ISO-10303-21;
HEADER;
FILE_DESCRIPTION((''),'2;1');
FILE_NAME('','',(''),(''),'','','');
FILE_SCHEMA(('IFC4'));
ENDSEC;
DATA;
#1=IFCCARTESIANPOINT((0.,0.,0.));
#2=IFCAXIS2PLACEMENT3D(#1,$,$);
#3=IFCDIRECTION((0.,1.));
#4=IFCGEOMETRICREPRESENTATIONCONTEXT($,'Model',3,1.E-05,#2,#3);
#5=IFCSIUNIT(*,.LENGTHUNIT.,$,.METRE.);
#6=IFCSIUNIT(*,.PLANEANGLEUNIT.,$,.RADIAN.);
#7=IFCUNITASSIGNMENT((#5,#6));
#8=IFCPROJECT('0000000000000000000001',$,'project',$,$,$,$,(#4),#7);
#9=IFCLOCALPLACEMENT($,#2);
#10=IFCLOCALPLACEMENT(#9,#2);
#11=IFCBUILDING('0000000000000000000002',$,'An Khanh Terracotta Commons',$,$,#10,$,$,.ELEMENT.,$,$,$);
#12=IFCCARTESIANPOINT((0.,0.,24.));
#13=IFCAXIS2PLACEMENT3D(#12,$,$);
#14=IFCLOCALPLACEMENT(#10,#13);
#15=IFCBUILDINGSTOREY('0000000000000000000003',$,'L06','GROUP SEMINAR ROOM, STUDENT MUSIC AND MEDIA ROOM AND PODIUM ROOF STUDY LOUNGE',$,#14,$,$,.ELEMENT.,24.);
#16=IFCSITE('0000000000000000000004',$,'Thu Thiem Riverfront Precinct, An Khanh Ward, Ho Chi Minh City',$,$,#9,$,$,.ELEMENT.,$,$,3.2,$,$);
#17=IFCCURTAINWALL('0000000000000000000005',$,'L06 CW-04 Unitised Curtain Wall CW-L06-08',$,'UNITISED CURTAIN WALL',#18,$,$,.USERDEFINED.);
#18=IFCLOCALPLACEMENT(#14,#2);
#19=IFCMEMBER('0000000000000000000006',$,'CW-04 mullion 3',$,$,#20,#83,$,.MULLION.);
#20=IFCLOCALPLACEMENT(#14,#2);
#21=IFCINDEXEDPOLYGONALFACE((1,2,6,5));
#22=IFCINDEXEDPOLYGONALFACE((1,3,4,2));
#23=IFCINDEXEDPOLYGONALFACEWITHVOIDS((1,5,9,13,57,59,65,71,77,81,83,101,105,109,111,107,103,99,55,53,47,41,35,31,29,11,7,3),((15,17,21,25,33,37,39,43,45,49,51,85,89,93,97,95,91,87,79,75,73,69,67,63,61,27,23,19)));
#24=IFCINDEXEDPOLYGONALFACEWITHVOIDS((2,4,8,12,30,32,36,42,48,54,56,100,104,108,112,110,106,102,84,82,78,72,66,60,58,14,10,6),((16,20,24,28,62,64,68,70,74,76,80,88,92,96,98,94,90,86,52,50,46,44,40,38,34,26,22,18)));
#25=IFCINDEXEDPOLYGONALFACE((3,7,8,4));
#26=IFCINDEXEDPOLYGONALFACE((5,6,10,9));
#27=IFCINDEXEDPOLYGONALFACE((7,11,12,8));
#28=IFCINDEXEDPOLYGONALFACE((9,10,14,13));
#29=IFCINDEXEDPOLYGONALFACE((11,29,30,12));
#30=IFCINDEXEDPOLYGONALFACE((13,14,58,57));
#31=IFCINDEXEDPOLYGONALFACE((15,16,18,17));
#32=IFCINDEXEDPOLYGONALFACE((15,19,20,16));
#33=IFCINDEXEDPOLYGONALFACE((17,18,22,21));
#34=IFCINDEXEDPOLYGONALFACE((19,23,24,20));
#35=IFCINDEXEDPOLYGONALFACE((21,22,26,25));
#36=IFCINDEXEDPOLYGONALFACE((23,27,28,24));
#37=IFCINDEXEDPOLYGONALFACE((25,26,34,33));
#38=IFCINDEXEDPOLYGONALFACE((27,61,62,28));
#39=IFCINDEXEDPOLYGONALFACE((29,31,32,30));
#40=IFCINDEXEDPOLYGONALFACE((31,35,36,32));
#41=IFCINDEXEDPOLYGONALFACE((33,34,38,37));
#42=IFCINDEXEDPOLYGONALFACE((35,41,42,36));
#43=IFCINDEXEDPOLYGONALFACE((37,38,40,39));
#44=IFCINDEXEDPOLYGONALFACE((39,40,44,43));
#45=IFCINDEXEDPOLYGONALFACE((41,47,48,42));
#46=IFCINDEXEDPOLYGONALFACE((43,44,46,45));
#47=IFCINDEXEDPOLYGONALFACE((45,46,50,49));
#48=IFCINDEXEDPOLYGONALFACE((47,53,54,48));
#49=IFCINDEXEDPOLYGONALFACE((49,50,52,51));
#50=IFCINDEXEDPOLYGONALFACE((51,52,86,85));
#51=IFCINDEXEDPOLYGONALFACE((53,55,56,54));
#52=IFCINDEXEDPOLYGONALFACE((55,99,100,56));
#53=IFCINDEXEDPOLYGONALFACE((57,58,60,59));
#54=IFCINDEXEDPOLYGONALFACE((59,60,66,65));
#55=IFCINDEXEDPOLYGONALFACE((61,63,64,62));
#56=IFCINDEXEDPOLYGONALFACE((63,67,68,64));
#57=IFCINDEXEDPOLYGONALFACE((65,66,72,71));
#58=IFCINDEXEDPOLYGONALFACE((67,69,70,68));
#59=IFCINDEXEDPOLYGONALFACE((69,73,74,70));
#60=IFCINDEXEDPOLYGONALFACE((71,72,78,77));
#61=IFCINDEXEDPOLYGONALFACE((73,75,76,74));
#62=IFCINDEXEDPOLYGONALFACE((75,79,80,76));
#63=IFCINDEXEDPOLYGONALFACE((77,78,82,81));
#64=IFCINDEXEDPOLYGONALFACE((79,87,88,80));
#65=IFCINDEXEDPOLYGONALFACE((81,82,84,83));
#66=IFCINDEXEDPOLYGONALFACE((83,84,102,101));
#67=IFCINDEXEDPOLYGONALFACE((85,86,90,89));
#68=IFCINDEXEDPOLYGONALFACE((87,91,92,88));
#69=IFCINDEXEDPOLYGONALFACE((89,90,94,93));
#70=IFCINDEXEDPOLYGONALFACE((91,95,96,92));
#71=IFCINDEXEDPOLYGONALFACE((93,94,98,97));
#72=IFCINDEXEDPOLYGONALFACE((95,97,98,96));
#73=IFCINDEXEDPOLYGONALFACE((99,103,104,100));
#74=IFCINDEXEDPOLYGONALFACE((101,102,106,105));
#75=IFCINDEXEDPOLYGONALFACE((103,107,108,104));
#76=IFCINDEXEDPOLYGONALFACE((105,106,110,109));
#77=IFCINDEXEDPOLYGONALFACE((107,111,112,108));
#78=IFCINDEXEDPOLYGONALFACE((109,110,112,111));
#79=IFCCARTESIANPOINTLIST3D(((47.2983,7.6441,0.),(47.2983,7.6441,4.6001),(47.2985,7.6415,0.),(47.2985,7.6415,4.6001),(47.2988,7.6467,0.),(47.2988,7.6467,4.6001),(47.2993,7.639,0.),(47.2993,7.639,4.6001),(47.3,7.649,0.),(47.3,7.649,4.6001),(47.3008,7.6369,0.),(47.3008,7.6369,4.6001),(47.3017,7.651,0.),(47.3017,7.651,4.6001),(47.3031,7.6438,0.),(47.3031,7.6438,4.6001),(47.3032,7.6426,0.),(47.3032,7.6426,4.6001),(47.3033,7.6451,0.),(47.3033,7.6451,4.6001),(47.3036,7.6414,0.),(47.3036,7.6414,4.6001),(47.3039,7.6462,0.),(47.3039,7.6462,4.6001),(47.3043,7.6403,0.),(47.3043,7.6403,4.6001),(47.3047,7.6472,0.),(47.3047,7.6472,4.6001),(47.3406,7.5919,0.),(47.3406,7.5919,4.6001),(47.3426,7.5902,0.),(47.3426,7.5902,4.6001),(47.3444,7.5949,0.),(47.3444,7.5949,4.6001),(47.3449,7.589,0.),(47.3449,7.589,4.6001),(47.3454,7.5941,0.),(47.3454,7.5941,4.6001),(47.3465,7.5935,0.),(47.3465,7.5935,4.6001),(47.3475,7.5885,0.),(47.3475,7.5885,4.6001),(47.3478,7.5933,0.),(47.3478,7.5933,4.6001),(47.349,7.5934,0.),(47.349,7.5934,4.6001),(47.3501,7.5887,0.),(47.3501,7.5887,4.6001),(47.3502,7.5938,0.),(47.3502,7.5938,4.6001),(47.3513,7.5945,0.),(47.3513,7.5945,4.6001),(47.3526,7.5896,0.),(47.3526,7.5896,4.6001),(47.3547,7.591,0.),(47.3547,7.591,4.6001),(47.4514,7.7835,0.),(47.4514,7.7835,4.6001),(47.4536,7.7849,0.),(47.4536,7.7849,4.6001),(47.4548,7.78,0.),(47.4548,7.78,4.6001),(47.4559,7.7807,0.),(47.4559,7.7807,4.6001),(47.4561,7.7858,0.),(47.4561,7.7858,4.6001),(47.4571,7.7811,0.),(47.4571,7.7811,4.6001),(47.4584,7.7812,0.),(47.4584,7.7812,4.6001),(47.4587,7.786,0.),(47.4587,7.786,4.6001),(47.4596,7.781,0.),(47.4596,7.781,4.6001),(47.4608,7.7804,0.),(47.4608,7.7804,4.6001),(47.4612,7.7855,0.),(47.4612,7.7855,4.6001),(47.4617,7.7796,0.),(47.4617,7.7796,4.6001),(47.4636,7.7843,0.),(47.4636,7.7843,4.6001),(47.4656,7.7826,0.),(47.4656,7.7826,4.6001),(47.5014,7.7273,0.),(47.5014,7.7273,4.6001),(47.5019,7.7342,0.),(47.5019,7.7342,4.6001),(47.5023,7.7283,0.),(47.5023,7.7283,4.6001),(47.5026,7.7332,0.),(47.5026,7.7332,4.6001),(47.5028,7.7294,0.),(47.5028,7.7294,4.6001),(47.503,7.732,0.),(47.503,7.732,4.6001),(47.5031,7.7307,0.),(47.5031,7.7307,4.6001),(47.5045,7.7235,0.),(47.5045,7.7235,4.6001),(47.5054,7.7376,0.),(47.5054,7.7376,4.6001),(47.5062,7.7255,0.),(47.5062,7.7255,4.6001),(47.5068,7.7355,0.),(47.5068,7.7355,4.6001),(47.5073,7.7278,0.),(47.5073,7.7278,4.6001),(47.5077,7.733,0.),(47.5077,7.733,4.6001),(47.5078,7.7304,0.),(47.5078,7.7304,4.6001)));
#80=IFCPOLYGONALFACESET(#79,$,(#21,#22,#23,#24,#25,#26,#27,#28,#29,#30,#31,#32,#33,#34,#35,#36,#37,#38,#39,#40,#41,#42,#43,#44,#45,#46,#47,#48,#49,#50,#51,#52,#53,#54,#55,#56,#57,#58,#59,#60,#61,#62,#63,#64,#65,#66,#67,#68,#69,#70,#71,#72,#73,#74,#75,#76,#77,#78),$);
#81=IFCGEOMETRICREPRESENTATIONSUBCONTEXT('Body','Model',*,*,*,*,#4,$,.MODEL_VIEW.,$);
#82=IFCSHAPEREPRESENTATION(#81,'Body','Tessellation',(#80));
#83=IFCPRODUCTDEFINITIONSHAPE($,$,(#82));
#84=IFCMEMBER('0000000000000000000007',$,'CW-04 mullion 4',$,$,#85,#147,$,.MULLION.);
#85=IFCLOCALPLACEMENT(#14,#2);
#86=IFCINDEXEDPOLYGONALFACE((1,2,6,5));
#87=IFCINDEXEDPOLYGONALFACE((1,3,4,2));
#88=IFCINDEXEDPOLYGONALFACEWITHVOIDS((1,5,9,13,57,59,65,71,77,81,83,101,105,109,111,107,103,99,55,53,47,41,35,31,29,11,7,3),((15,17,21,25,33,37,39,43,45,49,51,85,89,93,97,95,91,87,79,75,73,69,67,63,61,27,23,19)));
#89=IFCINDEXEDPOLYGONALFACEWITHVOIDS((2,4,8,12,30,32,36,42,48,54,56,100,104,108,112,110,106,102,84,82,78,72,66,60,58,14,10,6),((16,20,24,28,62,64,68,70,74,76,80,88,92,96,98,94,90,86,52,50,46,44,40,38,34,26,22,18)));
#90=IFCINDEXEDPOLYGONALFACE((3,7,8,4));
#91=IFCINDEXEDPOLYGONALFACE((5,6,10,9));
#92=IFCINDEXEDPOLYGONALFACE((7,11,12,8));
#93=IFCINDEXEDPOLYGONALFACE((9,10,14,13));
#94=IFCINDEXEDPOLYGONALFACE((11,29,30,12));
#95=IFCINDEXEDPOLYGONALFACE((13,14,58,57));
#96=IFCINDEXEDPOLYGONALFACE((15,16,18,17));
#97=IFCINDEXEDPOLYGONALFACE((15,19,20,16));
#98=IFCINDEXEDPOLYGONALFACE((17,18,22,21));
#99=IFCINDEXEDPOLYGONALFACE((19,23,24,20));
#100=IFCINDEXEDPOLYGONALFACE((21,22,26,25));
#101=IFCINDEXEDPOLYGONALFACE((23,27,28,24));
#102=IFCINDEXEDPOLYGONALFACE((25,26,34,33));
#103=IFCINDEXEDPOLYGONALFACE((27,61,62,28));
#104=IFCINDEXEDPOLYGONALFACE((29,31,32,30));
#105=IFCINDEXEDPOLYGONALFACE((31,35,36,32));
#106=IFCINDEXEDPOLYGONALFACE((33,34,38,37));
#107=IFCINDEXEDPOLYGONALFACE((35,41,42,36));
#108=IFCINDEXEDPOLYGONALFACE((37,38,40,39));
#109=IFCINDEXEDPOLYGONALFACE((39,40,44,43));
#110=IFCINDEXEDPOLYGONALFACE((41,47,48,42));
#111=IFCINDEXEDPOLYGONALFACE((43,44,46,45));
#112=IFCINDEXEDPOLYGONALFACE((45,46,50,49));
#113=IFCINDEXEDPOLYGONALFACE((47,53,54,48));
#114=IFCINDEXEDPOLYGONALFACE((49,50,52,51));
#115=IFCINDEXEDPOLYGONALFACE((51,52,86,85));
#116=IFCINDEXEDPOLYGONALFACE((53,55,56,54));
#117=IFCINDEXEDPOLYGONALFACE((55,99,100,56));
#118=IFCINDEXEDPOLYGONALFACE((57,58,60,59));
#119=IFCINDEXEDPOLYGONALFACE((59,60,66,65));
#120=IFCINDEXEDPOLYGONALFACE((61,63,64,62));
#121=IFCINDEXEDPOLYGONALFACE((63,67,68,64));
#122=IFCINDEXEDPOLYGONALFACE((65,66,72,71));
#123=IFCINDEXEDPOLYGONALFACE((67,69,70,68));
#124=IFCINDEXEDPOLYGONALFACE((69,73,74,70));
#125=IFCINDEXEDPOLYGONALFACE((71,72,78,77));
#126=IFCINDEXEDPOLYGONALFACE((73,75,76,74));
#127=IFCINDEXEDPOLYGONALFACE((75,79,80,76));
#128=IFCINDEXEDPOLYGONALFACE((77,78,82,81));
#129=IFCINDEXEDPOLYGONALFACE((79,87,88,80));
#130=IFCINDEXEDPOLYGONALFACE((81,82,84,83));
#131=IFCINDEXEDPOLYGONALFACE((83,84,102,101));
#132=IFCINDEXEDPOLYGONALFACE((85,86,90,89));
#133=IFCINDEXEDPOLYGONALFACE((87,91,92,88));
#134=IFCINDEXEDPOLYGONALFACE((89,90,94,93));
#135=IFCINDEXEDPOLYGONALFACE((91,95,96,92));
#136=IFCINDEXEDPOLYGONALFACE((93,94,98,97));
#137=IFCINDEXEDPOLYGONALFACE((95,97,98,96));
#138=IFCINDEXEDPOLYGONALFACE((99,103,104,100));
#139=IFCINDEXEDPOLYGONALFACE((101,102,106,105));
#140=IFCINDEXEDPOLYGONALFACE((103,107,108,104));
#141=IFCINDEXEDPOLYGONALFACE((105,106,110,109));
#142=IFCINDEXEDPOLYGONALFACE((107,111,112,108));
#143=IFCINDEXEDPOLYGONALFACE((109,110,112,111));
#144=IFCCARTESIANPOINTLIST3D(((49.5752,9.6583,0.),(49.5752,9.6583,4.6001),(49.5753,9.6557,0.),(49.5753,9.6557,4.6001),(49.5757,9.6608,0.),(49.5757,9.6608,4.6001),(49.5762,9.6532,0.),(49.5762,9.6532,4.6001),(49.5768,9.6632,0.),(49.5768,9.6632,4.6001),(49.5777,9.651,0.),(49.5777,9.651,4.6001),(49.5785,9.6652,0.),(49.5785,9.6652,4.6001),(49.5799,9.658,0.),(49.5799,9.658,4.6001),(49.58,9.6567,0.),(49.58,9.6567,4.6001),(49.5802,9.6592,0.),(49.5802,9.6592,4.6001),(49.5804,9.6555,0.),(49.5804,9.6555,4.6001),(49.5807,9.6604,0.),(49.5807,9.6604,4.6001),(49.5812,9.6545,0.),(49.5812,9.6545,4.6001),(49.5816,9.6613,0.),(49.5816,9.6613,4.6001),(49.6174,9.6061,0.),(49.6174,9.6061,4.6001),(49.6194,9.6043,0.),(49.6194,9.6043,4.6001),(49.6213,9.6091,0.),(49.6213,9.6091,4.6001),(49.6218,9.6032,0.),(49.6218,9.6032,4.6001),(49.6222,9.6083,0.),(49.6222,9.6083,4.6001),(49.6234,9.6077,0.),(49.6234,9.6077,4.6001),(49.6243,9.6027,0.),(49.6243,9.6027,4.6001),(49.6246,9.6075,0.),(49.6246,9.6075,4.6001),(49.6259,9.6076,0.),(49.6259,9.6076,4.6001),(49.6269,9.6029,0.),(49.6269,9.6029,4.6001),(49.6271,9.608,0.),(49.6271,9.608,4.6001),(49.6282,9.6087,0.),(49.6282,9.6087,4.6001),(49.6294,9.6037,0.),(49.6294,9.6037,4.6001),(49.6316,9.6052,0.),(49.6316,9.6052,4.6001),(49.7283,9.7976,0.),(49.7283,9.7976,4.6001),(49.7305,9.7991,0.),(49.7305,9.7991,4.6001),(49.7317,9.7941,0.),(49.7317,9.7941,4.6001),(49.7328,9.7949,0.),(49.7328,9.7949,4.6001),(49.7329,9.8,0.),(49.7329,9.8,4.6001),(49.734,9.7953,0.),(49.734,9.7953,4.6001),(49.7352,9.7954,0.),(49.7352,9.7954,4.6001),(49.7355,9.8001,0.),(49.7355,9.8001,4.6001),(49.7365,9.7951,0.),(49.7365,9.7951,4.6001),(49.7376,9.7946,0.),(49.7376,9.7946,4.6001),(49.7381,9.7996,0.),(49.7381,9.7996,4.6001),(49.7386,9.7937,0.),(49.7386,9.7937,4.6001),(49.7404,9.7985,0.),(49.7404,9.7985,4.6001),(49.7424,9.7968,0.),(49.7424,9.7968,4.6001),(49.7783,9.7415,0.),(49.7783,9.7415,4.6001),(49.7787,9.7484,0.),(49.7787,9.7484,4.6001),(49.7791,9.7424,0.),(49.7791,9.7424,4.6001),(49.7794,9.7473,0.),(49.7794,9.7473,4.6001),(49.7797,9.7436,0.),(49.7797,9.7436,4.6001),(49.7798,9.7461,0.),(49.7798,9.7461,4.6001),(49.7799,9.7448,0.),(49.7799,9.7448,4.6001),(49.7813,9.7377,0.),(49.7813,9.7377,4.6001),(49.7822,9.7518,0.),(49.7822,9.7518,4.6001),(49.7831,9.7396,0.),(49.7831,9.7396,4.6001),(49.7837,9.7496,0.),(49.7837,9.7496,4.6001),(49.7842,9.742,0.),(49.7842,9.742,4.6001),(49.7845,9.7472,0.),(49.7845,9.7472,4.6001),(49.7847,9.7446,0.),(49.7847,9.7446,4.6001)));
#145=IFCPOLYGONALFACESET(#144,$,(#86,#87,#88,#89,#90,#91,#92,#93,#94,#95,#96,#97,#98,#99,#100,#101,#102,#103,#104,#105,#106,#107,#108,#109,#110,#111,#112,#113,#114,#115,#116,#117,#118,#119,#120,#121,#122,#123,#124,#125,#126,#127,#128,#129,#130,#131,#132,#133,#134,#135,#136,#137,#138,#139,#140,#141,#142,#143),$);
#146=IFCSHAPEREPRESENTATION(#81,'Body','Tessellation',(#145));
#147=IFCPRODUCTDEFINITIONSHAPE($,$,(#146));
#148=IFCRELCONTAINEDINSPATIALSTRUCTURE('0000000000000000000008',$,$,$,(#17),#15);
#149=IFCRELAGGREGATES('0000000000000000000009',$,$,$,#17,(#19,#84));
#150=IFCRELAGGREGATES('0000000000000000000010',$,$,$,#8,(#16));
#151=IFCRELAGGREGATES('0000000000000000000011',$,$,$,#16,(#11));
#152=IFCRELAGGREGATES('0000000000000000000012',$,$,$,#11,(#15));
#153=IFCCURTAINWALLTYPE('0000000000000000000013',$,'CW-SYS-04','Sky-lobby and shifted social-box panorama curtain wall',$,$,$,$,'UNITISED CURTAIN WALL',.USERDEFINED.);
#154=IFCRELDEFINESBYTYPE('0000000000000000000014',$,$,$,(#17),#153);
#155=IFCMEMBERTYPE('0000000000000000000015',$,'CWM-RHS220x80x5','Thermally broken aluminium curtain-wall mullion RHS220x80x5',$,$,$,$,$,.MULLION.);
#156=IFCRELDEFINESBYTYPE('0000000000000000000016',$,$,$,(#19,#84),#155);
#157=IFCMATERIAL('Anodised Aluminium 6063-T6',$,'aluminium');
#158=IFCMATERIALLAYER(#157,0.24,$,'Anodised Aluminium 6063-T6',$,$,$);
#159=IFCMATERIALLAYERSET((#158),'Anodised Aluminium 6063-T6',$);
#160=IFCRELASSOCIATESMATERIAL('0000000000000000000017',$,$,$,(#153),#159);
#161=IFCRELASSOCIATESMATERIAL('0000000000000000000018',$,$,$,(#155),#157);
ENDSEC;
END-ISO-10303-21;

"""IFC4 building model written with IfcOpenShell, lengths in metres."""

from ifc_helpers import new_model, si_unit, direction, frame, origin, origin_2d, place, context, subcontext, project, spatial, hollow_rectangle, extrude, material, layer, layer_set, material_profile, profile_set, type_object, element, aggregate, save


model = new_model("IFC4")

# Units and contexts
model_context = context("Model", 3, precision=1e-05, world=origin(), true_north=direction((0.0, 1.0)))
body_context = subcontext(model_context, "Body", "Model", "MODEL_VIEW")
ifc_project = project(units=[si_unit("LENGTHUNIT", "METRE"), si_unit("PLANEANGLEUNIT", "RADIAN")], contexts=[model_context])

# Site, building, storey
site_placement = place(None, origin())
site = spatial("IfcSite", under=ifc_project, at=site_placement, Name="Thu Thiem Riverfront Precinct, An Khanh Ward, Ho Chi Minh City", CompositionType="ELEMENT", RefElevation=3.2)
building_placement = place(site_placement, origin())
building = spatial("IfcBuilding", under=site, at=building_placement, Name="An Khanh Terracotta Commons", CompositionType="ELEMENT")
storey_placement = place(building_placement, frame((0.0, 0.0, 24.0)))
storey = spatial("IfcBuildingStorey", under=building, at=storey_placement, Name="L06", Description="GROUP SEMINAR ROOM, STUDENT MUSIC AND MEDIA ROOM AND PODIUM ROOF STUDY LOUNGE", CompositionType="ELEMENT", Elevation=24.0)

# Curtain wall, members
ifc_material_1 = material(Name="Anodised Aluminium 6063-T6", Category="aluminium")
ifc_layer_1 = layer(ifc_material_1, 0.24, Name="Anodised Aluminium 6063-T6")
ifc_layer_set_1 = layer_set([ifc_layer_1], Name="Anodised Aluminium 6063-T6")
curtain_wall_type = type_object("IfcCurtainWallType", Name="CW-SYS-04", Description="Sky-lobby and shifted social-box panorama curtain wall", ElementType="UNITISED CURTAIN WALL", PredefinedType="USERDEFINED", material=ifc_layer_set_1)
curtain_wall_1_placement = place(storey_placement, origin())
curtain_wall_1 = element("IfcCurtainWall", 1, at=curtain_wall_1_placement, inside=storey, type_object=curtain_wall_type, Name="L06 CW-04 Unitised Curtain Wall CW-L06-08", ObjectType="UNITISED CURTAIN WALL", PredefinedType="USERDEFINED")
ifc_material_profile_1 = material_profile(ifc_material_1, hollow_rectangle(XDim=0.0801, YDim=0.22, WallThickness=0.0049, InnerFilletRadius=0.0049, OuterFilletRadius=0.01, at=origin_2d()), Name="RHS220x80x5")
ifc_profile_set_1 = profile_set([ifc_material_profile_1], Name="Anodised Aluminium 6063-T6")
member_type_1 = type_object("IfcMemberType", Name="CWM-RHS220x80x5", Description="Thermally broken aluminium curtain-wall mullion RHS220x80x5", PredefinedType="MULLION", material=ifc_profile_set_1)
member_1_placement = place(storey_placement, frame((47.4031, 7.6873, 0.0), z_axis=(0.0, 0.0, 1.0), x_axis=(-0.662548, 0.749019, 0.0)))
member_1 = element("IfcMember", 2, at=member_1_placement, type_object=member_type_1, Name="CW-04 mullion 3", PredefinedType="MULLION", context=body_context, shape_type="SweptSolid", body=[
    extrude(hollow_rectangle(XDim=0.0801, YDim=0.22, WallThickness=0.0049, InnerFilletRadius=0.0049, OuterFilletRadius=0.01, at=origin_2d()), origin(), (0.0, 0.0, 1.0), 4.6001),
])
member_2_placement = place(storey_placement, frame((49.6799, 9.7014, 0.0), z_axis=(0.0, 0.0, 1.0), x_axis=(-0.662548, 0.749019, 0.0)))
member_2 = element("IfcMember", 3, at=member_2_placement, type_object=member_type_1, Name="CW-04 mullion 4", PredefinedType="MULLION", context=body_context, shape_type="SweptSolid", body=[
    extrude(hollow_rectangle(XDim=0.0801, YDim=0.22, WallThickness=0.0049, InnerFilletRadius=0.0049, OuterFilletRadius=0.01, at=origin_2d()), origin(), (0.0, 0.0, 1.0), 4.6001),
])

aggregate(curtain_wall_1, [member_1, member_2])

save(model, "model.ifc")
